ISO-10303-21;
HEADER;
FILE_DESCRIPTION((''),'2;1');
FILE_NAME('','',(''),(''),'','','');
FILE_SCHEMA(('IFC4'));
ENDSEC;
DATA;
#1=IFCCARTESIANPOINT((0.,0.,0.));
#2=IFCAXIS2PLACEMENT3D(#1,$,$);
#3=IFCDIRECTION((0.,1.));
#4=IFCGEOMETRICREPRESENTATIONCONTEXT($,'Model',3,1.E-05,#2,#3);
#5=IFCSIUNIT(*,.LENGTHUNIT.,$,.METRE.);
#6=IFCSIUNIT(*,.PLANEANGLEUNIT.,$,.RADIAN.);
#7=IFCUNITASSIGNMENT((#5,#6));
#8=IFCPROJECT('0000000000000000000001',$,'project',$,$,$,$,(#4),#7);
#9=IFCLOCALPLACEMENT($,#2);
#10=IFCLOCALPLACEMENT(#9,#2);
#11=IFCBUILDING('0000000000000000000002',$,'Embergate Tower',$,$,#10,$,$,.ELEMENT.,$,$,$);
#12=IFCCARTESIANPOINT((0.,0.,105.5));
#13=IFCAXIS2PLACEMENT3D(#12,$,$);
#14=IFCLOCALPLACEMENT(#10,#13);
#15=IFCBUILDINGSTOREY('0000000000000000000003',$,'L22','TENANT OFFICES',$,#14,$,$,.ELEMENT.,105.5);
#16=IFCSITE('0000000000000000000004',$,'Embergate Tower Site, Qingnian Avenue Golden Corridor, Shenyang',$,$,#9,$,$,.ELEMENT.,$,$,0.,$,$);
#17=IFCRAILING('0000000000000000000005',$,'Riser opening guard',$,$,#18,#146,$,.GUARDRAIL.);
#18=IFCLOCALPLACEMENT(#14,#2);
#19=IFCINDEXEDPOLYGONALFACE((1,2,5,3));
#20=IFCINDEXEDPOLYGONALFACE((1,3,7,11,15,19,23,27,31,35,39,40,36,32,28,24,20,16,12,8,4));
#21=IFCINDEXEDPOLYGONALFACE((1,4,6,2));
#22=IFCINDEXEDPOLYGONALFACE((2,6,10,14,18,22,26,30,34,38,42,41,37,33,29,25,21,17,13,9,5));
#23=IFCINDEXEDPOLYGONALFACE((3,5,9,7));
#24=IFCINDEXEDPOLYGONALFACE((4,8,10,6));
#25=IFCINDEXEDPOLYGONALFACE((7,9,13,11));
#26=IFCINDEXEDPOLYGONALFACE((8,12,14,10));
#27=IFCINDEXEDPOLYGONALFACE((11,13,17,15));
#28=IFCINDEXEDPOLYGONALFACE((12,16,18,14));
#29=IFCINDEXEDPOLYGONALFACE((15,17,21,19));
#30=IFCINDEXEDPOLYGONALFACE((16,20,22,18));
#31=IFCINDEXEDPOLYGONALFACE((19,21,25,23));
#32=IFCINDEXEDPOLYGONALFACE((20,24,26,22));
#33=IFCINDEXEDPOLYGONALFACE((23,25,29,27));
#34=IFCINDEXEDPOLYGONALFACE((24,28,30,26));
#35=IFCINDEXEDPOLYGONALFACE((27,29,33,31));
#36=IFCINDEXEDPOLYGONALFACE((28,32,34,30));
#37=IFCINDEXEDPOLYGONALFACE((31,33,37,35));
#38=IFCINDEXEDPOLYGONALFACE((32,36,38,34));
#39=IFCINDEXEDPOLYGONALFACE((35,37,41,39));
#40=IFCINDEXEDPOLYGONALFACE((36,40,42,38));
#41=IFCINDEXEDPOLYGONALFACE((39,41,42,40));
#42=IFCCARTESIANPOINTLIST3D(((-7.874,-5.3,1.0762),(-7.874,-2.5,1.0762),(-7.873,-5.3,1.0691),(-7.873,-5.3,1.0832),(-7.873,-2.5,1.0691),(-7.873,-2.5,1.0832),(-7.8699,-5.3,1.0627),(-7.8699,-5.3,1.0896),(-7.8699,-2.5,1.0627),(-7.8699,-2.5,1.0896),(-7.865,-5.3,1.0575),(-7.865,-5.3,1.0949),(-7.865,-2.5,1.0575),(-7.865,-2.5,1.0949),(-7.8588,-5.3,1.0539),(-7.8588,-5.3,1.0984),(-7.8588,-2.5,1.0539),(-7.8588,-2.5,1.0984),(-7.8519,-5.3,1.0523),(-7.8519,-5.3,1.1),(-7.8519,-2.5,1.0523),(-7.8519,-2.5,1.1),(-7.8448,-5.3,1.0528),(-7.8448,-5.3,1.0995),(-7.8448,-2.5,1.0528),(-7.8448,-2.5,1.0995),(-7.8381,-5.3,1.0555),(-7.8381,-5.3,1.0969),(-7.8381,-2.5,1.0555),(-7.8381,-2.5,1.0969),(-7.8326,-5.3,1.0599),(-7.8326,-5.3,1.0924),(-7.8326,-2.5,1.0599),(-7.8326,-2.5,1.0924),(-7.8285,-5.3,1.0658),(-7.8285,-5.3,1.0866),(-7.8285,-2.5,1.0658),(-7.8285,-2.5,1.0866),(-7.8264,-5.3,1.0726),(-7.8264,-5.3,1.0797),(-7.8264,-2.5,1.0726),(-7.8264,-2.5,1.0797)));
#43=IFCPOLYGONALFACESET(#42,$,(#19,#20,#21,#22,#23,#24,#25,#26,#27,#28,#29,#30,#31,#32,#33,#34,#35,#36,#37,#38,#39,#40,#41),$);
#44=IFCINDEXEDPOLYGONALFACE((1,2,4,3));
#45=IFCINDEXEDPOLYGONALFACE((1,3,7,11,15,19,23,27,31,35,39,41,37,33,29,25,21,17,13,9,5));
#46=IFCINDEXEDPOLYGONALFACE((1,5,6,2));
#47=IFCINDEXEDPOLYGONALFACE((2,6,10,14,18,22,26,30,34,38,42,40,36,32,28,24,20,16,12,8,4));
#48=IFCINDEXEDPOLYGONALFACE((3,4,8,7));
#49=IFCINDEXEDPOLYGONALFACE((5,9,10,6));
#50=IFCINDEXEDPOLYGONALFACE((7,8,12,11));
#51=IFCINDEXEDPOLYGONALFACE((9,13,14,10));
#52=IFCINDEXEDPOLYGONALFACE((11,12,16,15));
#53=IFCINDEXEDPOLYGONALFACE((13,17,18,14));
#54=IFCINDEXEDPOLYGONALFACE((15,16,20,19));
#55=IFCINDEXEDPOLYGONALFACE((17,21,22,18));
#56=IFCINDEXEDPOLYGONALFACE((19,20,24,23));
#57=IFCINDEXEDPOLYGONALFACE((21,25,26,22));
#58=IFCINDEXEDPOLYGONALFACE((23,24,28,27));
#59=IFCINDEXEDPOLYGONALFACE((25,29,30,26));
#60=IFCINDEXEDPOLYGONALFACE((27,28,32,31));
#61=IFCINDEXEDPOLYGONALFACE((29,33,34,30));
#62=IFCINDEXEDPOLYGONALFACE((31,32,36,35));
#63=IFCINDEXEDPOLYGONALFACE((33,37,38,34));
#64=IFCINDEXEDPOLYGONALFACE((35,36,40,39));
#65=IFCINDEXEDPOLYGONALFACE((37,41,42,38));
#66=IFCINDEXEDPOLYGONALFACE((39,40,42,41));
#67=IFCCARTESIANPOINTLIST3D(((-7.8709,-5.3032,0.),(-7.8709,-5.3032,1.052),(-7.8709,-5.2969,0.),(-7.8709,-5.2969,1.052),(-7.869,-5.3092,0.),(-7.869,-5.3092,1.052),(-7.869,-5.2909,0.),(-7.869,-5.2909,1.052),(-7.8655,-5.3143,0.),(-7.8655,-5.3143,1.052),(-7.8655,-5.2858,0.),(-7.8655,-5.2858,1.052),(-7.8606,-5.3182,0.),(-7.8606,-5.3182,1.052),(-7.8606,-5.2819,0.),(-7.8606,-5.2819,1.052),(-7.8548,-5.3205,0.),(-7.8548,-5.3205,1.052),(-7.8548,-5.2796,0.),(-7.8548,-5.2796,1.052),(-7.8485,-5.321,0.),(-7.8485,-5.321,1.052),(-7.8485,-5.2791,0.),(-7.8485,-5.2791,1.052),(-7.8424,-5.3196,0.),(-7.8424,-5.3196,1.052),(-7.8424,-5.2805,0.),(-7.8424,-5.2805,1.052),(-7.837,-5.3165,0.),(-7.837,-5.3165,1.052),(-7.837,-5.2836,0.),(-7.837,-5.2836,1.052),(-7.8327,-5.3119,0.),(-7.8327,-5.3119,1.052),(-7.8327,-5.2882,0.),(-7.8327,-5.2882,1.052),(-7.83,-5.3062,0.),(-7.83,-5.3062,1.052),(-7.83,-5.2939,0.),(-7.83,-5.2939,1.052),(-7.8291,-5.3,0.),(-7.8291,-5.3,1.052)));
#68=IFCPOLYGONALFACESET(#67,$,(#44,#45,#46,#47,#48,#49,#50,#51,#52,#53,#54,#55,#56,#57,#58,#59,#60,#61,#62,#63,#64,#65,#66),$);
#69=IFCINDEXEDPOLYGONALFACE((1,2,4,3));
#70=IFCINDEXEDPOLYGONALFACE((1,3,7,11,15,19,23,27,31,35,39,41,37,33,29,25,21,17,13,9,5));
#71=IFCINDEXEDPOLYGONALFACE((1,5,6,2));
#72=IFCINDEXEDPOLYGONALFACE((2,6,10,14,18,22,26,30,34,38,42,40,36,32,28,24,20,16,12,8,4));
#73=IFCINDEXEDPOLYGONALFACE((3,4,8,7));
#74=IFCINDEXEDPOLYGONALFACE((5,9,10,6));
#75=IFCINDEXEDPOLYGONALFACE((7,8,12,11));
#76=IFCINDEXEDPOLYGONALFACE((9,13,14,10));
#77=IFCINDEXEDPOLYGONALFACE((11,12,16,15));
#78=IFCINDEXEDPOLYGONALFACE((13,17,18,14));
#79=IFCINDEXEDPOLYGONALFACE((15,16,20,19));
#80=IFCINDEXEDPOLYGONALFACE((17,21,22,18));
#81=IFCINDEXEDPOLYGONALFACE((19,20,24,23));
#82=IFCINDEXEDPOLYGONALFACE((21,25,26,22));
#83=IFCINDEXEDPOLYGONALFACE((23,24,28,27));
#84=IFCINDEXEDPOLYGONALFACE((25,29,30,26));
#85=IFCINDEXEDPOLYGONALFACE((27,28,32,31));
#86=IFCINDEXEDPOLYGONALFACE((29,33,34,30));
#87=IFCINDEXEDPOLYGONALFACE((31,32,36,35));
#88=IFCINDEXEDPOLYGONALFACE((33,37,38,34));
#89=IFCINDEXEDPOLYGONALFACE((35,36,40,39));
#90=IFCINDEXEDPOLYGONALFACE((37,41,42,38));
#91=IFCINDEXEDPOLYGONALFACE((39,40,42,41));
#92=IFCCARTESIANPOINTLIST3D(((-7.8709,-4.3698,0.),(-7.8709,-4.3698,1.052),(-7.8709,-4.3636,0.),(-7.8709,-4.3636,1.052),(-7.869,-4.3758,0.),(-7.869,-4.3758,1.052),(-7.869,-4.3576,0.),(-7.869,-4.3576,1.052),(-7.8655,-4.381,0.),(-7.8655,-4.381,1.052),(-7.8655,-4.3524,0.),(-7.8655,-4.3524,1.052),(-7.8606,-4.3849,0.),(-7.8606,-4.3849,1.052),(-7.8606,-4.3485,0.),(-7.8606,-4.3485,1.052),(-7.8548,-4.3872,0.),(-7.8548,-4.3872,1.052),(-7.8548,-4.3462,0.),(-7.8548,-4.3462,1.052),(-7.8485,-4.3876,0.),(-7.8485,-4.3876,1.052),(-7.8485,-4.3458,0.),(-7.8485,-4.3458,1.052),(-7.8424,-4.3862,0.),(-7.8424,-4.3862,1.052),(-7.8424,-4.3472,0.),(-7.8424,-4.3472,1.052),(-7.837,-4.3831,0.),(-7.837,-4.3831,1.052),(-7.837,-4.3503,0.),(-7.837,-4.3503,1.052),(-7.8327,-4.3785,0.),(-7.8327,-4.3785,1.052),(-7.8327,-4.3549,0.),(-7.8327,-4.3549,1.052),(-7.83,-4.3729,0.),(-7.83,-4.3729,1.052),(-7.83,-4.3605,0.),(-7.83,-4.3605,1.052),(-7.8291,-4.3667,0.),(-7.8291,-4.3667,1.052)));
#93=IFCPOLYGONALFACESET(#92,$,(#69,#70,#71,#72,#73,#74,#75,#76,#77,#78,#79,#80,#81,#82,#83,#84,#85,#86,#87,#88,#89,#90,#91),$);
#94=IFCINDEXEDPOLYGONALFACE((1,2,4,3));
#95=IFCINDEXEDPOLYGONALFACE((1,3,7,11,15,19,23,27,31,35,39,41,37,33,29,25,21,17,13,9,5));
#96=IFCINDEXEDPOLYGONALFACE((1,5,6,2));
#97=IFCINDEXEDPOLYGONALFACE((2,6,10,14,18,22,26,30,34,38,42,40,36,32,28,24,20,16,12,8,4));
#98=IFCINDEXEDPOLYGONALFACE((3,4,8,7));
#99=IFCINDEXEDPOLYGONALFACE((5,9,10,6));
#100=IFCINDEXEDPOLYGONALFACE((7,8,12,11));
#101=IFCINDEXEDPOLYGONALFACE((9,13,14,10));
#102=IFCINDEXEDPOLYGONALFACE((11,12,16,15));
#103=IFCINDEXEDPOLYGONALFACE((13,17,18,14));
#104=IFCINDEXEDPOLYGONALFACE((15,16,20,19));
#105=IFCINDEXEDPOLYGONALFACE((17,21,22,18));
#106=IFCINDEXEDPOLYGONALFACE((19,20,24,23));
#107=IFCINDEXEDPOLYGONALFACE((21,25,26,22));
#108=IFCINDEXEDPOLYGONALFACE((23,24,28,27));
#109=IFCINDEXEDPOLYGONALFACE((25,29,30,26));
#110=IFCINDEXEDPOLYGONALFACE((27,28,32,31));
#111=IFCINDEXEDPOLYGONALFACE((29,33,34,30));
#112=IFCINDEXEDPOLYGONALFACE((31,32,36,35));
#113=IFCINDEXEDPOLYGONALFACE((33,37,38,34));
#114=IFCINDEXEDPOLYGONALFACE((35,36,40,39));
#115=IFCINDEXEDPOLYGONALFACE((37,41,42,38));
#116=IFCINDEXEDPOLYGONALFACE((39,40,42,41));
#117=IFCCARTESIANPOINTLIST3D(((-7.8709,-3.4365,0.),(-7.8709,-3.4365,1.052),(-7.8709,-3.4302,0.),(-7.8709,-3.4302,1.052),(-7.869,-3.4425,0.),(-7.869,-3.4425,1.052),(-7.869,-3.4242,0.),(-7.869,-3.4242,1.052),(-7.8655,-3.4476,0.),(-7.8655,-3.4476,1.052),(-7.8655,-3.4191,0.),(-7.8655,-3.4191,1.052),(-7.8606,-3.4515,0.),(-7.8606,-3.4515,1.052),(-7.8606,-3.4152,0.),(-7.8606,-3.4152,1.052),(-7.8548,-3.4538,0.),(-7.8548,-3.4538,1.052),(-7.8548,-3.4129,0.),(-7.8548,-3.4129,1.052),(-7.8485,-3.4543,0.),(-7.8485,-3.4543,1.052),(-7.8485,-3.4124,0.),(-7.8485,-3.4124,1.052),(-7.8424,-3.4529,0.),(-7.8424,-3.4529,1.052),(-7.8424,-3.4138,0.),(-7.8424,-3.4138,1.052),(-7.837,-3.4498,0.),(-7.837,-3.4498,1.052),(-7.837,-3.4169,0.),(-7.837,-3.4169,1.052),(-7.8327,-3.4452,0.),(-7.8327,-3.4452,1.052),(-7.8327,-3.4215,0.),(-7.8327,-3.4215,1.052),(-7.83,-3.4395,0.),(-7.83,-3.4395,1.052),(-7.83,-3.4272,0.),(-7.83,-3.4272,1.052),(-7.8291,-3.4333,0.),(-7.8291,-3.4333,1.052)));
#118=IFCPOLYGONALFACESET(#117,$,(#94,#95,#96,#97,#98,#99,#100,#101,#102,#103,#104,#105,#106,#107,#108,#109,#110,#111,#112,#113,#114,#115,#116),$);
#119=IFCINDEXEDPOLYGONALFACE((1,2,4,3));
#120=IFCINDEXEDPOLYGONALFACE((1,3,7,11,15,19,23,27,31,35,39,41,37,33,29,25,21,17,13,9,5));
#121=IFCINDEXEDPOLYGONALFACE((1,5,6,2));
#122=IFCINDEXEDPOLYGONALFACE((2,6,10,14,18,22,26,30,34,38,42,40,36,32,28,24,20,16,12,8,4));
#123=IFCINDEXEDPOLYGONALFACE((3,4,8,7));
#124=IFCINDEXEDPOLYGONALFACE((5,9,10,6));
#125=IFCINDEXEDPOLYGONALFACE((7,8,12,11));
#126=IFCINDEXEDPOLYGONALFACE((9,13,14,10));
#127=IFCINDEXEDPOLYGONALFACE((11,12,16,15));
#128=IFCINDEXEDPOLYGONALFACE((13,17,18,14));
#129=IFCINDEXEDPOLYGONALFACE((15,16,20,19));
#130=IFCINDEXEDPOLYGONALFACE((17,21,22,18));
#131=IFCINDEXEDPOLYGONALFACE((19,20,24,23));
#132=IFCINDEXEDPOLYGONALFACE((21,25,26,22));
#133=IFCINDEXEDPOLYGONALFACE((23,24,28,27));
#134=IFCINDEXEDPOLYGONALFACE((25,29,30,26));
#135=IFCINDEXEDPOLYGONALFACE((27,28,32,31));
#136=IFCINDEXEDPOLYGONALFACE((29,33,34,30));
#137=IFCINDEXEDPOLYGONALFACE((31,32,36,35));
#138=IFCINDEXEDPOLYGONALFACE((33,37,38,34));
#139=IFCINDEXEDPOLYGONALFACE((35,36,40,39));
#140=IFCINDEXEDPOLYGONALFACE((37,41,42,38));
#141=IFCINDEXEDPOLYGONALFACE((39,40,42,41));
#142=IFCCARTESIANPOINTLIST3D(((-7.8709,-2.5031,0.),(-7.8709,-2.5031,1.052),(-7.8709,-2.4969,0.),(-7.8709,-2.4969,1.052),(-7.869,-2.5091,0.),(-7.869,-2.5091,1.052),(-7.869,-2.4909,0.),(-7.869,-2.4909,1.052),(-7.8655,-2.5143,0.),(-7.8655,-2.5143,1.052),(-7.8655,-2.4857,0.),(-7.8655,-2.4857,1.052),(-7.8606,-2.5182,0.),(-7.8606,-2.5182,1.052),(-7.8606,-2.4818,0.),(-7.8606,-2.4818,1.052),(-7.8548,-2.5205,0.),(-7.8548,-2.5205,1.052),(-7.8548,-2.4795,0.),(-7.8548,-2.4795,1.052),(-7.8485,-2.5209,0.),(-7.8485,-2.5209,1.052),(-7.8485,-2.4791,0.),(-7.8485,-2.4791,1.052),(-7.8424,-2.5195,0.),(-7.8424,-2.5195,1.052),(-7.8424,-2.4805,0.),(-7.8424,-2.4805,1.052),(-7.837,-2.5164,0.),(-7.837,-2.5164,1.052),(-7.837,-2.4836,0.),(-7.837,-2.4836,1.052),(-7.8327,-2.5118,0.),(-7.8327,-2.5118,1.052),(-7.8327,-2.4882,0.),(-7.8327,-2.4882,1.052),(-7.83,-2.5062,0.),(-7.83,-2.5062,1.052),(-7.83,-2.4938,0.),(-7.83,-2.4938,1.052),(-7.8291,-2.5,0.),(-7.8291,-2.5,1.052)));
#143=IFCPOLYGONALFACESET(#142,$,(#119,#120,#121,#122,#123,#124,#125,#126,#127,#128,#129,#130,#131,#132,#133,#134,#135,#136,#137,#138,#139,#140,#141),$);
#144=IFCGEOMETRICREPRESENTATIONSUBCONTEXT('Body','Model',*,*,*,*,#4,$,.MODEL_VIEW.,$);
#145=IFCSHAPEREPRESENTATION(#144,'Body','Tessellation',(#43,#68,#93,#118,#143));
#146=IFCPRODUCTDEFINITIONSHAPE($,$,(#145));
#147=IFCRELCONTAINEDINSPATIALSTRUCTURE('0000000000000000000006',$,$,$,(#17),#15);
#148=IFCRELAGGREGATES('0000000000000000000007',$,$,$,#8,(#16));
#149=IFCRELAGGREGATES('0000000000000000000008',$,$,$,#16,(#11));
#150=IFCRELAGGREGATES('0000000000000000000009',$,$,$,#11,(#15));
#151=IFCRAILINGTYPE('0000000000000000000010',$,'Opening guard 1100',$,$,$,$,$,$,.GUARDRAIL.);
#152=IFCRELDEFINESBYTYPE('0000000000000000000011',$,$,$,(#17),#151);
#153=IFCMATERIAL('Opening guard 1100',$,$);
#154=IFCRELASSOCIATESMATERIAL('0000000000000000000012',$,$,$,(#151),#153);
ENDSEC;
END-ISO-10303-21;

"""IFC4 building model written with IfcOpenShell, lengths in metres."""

from ifc_helpers import new_model, si_unit, direction, frame, origin, origin_2d, place, context, subcontext, project, spatial, circle, extrude, source, transform, mapped, material, type_object, element, save


model = new_model("IFC4")

# Units and contexts
model_context = context("Model", 3, precision=1e-05, world=origin(), true_north=direction((0.0, 1.0)))
body_context = subcontext(model_context, "Body", "Model", "MODEL_VIEW")
ifc_project = project(units=[si_unit("LENGTHUNIT", "METRE"), si_unit("PLANEANGLEUNIT", "RADIAN")], contexts=[model_context])

# Site, building, storey
site_placement = place(None, origin())
site = spatial("IfcSite", under=ifc_project, at=site_placement, Name="Embergate Tower Site, Qingnian Avenue Golden Corridor, Shenyang", CompositionType="ELEMENT", RefElevation=0.0)
building_placement = place(site_placement, origin())
building = spatial("IfcBuilding", under=site, at=building_placement, Name="Embergate Tower", CompositionType="ELEMENT")
storey_placement = place(building_placement, frame((0.0, 0.0, 105.5)))
storey = spatial("IfcBuildingStorey", under=building, at=storey_placement, Name="L22", Description="TENANT OFFICES", CompositionType="ELEMENT", Elevation=105.5)

# Railing
ifc_material_1 = material(Name="Opening guard 1100")
railing_type = type_object("IfcRailingType", Name="Opening guard 1100", PredefinedType="GUARDRAIL", material=ifc_material_1)
shared_shape_1 = source(origin(), body_context, "Body", "SweptSolid", [
    extrude(circle(Radius=0.0239, at=origin_2d()), frame((0.0, 0.0, 1.0762), z_axis=(0.0, 1.0, 0.0), x_axis=(-1.0, 0.0, 0.0)), (0.0, 0.0, 1.0), 2.8),
    extrude(circle(Radius=0.021, at=origin_2d()), origin(), (0.0, 0.0, 1.0), 1.052),
    extrude(circle(Radius=0.021, at=origin_2d()), frame((0.0, 0.9333, 0.0)), (0.0, 0.0, 1.0), 1.052),
    extrude(circle(Radius=0.021, at=origin_2d()), frame((0.0, 1.8667, 0.0)), (0.0, 0.0, 1.0), 1.052),
    extrude(circle(Radius=0.021, at=origin_2d()), frame((0.0, 2.8, 0.0)), (0.0, 0.0, 1.0), 1.052),
])
railing_placement = place(storey_placement, frame((-7.8501, -5.3, 0.0)))
element("IfcRailing", 1, at=railing_placement, inside=storey, type_object=railing_type, Name="Riser opening guard", PredefinedType="GUARDRAIL", context=body_context, shape_type="MappedRepresentation", body=[
    mapped(shared_shape_1, transform((0.0, 0.0, 0.0))),
])

save(model, "model.ifc")
